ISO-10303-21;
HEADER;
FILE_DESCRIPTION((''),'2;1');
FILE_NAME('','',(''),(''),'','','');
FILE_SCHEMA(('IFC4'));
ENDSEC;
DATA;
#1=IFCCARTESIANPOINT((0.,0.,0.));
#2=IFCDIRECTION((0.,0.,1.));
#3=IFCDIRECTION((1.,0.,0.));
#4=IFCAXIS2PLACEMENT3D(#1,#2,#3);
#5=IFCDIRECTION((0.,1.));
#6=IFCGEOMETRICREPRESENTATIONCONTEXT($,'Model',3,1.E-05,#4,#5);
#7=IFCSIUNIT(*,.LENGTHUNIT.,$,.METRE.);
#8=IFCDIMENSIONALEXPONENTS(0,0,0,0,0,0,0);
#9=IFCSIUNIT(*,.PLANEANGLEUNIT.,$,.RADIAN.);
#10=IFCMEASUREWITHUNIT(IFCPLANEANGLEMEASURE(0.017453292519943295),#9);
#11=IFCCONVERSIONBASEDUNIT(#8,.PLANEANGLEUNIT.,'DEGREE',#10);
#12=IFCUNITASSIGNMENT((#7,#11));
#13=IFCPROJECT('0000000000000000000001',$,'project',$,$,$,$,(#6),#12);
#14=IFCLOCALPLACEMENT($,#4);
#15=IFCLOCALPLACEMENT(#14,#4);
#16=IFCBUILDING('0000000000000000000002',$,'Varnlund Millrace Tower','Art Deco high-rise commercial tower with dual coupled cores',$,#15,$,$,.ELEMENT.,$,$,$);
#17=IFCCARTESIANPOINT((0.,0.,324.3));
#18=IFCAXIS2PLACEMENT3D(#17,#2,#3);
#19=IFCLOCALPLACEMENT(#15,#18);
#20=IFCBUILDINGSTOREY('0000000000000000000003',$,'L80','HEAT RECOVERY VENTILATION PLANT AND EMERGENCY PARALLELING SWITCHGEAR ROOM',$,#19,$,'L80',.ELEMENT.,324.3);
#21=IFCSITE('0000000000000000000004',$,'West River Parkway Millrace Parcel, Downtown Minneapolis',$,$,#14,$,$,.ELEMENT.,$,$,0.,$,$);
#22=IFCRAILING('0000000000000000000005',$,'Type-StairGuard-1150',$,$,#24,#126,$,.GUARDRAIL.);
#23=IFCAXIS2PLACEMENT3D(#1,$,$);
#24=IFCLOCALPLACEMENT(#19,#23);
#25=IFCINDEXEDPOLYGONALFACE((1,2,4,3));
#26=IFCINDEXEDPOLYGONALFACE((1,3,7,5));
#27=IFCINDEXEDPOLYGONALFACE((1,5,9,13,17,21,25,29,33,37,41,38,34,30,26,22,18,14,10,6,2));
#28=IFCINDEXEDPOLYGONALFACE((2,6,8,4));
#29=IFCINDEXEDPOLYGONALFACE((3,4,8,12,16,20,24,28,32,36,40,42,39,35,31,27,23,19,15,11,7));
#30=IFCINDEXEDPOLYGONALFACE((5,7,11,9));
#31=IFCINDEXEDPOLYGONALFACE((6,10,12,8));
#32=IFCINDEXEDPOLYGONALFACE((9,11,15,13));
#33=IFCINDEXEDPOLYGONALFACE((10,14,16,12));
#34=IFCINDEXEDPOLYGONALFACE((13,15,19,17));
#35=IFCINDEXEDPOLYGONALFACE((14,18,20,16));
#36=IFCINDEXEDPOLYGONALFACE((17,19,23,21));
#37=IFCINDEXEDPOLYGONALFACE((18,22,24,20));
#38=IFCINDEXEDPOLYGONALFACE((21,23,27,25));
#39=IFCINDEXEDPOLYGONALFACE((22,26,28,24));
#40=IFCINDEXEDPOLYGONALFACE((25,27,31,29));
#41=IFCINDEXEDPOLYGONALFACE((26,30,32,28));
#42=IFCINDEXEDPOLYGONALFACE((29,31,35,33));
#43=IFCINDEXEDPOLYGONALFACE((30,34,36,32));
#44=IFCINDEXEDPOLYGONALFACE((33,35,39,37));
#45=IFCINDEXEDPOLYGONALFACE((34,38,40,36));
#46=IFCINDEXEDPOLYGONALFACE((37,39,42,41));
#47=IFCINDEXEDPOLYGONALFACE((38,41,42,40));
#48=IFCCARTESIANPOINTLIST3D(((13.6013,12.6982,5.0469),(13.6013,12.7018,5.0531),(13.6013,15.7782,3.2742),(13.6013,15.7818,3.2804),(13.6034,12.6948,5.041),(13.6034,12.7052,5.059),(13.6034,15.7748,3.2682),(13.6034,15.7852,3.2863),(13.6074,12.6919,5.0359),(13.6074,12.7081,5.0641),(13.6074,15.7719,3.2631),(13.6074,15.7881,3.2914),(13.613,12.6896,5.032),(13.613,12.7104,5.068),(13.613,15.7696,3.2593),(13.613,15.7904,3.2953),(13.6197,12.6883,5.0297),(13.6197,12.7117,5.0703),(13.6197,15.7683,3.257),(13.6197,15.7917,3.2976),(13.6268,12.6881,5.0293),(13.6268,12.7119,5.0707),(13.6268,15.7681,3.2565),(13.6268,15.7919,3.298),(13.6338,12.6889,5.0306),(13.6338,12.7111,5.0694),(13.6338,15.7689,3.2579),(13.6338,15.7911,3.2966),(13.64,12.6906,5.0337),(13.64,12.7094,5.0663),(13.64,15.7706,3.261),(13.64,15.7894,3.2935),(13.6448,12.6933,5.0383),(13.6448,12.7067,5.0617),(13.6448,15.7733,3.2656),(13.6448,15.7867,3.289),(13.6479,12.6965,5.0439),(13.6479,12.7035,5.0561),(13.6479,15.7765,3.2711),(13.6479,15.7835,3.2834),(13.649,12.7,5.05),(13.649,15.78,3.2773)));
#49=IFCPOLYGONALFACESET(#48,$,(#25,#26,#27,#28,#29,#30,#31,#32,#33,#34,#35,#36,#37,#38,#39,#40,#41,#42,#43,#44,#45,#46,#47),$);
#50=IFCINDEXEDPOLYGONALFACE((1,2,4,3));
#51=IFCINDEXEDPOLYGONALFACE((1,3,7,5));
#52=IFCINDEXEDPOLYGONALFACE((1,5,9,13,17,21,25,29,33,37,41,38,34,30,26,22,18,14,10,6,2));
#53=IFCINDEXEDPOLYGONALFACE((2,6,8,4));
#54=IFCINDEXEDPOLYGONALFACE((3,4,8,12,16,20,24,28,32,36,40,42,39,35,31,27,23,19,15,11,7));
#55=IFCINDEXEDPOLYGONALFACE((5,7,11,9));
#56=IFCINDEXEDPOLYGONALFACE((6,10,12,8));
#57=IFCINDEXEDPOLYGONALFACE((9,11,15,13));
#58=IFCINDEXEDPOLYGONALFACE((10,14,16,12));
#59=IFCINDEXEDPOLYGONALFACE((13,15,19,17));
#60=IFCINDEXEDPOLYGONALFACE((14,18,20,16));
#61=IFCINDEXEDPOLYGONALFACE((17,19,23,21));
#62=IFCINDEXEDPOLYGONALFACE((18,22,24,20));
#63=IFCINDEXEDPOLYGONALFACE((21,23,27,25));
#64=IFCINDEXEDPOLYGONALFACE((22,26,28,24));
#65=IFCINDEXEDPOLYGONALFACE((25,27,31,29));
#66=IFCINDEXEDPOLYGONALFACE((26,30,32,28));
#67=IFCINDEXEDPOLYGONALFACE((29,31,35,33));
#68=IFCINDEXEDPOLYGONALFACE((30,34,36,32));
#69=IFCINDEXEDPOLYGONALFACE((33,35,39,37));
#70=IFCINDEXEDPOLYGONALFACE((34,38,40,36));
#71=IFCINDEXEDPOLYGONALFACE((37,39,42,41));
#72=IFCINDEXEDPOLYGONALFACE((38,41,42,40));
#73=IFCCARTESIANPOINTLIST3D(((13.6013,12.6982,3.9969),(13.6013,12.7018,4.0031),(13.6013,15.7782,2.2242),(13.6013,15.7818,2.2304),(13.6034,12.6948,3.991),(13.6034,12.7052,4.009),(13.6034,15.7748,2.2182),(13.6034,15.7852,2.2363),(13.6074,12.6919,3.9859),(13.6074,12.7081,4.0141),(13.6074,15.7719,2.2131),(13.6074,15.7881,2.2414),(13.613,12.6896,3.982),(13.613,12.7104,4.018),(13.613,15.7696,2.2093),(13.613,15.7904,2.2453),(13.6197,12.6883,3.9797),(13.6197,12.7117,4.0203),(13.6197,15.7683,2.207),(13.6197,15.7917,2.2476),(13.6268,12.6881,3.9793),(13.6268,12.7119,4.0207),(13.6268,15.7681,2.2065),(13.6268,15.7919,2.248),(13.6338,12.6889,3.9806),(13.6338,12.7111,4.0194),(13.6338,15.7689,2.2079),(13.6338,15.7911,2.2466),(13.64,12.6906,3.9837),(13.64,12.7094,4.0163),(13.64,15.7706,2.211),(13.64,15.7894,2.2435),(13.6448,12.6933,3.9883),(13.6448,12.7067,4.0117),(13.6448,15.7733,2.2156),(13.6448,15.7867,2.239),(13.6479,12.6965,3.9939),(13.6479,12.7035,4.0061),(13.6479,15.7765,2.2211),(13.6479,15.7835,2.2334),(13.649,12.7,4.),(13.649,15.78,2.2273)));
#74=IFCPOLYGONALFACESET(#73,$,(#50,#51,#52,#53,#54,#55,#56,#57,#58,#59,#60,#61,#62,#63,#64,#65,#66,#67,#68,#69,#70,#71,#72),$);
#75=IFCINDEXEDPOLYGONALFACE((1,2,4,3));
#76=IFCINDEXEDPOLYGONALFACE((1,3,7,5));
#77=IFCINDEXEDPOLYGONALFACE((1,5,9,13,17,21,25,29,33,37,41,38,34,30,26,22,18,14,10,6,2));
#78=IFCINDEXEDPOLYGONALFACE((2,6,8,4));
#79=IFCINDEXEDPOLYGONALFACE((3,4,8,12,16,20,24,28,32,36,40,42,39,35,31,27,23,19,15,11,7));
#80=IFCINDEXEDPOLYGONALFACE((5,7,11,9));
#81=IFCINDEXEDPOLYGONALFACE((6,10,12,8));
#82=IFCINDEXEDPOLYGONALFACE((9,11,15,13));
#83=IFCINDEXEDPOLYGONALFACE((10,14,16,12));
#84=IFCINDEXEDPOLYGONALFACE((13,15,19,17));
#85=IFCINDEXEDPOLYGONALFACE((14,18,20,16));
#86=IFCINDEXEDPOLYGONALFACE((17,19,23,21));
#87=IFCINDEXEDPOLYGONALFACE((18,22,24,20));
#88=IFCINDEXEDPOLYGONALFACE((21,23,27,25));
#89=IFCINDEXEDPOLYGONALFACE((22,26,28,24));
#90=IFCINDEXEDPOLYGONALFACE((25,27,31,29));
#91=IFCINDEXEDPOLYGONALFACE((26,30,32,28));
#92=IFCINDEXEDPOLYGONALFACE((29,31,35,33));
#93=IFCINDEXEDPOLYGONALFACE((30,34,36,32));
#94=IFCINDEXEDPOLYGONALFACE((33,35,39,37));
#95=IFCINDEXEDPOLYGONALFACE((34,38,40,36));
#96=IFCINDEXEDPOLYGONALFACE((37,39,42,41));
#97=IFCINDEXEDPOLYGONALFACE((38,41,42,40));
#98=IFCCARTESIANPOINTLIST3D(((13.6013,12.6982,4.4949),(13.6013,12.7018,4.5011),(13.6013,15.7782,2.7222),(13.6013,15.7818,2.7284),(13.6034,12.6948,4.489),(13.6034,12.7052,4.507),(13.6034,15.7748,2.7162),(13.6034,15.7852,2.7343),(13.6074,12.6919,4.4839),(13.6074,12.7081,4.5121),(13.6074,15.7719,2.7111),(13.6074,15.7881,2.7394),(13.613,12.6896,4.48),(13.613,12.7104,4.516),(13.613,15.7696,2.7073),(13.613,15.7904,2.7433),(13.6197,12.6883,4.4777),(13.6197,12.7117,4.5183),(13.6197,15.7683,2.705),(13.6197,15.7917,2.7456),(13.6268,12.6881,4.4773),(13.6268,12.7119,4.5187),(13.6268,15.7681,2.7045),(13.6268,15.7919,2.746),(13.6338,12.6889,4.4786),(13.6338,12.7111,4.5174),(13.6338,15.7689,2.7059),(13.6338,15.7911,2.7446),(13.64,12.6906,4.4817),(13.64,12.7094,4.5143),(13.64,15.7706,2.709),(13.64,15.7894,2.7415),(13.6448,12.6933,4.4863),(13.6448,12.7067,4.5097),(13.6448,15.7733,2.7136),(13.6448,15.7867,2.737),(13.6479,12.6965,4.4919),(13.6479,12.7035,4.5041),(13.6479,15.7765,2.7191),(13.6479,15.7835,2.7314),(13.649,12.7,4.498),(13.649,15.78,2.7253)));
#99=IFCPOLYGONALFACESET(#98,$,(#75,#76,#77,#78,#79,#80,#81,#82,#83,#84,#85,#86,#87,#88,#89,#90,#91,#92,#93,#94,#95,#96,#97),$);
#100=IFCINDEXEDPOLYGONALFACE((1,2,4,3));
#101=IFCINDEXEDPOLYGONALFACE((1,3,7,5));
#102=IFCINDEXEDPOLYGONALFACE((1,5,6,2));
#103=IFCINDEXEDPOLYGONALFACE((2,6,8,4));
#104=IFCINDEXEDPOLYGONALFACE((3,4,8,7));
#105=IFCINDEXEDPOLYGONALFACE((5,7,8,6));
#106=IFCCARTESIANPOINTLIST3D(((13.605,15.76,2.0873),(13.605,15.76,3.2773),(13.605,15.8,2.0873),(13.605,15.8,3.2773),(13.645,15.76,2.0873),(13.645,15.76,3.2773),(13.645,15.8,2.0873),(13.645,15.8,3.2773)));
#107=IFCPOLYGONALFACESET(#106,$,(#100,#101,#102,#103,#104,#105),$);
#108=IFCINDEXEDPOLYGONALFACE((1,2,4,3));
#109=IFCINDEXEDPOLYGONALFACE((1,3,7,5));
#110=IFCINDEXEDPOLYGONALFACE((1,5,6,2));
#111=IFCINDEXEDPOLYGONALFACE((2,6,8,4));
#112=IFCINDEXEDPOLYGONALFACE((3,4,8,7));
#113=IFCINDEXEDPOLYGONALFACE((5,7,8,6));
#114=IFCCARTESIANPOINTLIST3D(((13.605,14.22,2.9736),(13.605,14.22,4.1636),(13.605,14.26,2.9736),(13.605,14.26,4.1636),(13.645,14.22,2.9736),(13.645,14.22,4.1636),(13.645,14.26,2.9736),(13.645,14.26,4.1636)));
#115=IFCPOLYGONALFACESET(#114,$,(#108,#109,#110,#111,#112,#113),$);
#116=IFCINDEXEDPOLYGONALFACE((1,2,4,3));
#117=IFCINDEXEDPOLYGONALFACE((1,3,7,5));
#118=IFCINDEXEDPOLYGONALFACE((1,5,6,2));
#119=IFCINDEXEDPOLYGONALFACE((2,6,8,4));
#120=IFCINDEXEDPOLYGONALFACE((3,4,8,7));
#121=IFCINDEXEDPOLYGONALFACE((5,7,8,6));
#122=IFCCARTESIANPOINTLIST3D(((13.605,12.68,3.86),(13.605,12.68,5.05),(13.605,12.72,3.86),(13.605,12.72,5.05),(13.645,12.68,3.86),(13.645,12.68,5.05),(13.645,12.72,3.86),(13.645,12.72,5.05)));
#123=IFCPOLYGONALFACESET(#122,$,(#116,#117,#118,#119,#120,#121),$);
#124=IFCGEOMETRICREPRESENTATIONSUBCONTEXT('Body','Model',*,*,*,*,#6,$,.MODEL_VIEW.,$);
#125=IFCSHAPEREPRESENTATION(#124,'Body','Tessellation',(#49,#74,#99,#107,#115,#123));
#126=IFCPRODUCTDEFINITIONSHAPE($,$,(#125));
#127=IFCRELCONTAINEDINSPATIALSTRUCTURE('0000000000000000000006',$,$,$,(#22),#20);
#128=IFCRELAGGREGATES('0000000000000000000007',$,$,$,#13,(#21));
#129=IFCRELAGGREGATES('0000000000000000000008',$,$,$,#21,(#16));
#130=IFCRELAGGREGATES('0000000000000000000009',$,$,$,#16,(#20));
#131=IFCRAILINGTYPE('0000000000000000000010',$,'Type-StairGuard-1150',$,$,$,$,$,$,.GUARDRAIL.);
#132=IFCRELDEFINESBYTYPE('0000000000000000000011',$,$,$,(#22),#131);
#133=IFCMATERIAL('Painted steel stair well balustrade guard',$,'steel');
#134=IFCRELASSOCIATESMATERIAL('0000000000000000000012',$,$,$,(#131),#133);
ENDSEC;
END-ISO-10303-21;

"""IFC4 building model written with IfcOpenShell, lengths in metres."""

from ifc_helpers import new_model, entity, si_unit, converted_unit, direction, frame, origin_with_axes, origin_2d_with_axis, place, context, subcontext, project, spatial, rectangle, circle, extrude, material, type_object, element, save


model = new_model("IFC4")

# Units and contexts
model_context = context("Model", 3, precision=1e-05, world=origin_with_axes(), true_north=direction((0.0, 1.0)))
body_context = subcontext(model_context, "Body", "Model", "MODEL_VIEW")
ifc_project = project(units=[si_unit("LENGTHUNIT", "METRE"), converted_unit("PLANEANGLEUNIT", "DEGREE", entity("IfcPlaneAngleMeasure", 0.017453292519943295), si_unit("PLANEANGLEUNIT", "RADIAN"), dimensions=[0, 0, 0, 0, 0, 0, 0])], contexts=[model_context])

# Site, building, storey
site_placement = place(None, origin_with_axes())
site = spatial("IfcSite", under=ifc_project, at=site_placement, Name="West River Parkway Millrace Parcel, Downtown Minneapolis", CompositionType="ELEMENT", RefElevation=0.0)
building_placement = place(site_placement, origin_with_axes())
building = spatial("IfcBuilding", under=site, at=building_placement, Name="Varnlund Millrace Tower", Description="Art Deco high-rise commercial tower with dual coupled cores", CompositionType="ELEMENT")
storey_placement = place(building_placement, frame((0.0, 0.0, 324.3), z_axis=(0.0, 0.0, 1.0), x_axis=(1.0, 0.0, 0.0)))
storey = spatial("IfcBuildingStorey", under=building, at=storey_placement, Name="L80", Description="HEAT RECOVERY VENTILATION PLANT AND EMERGENCY PARALLELING SWITCHGEAR ROOM", LongName="L80", CompositionType="ELEMENT", Elevation=324.3)

# Railing
ifc_material_1 = material(Name="Painted steel stair well balustrade guard", Category="steel")
railing_type_1 = type_object("IfcRailingType", Name="Type-StairGuard-1150", PredefinedType="GUARDRAIL", material=ifc_material_1)
railing_1_placement = place(storey_placement, frame((0.0, 0.0, -324.3), z_axis=(0.0, 0.0, 1.0), x_axis=(1.0, 0.0, 0.0)))
element("IfcRailing", 1, at=railing_1_placement, inside=storey, type_object=railing_type_1, Name="Type-StairGuard-1150", PredefinedType="GUARDRAIL", context=body_context, shape_type="SweptSolid", body=[
    extrude(circle(Radius=0.024, at=origin_2d_with_axis()), frame((13.625, 15.78, 327.5773), z_axis=(0.0, -0.866696, 0.498836), x_axis=(1.0, 0.0, 0.0)), (0.0, 0.0, 1.0), 3.5537),
    extrude(circle(Radius=0.024, at=origin_2d_with_axis()), frame((13.625, 15.78, 326.5273), z_axis=(0.0, -0.866696, 0.498836), x_axis=(1.0, 0.0, 0.0)), (0.0, 0.0, 1.0), 3.5537),
    extrude(circle(Radius=0.024, at=origin_2d_with_axis()), frame((13.625, 15.78, 327.0253), z_axis=(0.0, -0.866696, 0.498836), x_axis=(1.0, 0.0, 0.0)), (0.0, 0.0, 1.0), 3.5537),
    extrude(rectangle(XDim=0.04, YDim=0.04, at=origin_2d_with_axis()), frame((13.625, 15.78, 326.3873), z_axis=(0.0, 0.0, 1.0), x_axis=(1.0, 0.0, 0.0)), (0.0, 0.0, 1.0), 1.19),
    extrude(rectangle(XDim=0.04, YDim=0.04, at=origin_2d_with_axis()), frame((13.625, 14.24, 327.2736), z_axis=(0.0, 0.0, 1.0), x_axis=(1.0, 0.0, 0.0)), (0.0, 0.0, 1.0), 1.19),
    extrude(rectangle(XDim=0.04, YDim=0.04, at=origin_2d_with_axis()), frame((13.625, 12.7, 328.16), z_axis=(0.0, 0.0, 1.0), x_axis=(1.0, 0.0, 0.0)), (0.0, 0.0, 1.0), 1.19),
])

save(model, "model.ifc")
